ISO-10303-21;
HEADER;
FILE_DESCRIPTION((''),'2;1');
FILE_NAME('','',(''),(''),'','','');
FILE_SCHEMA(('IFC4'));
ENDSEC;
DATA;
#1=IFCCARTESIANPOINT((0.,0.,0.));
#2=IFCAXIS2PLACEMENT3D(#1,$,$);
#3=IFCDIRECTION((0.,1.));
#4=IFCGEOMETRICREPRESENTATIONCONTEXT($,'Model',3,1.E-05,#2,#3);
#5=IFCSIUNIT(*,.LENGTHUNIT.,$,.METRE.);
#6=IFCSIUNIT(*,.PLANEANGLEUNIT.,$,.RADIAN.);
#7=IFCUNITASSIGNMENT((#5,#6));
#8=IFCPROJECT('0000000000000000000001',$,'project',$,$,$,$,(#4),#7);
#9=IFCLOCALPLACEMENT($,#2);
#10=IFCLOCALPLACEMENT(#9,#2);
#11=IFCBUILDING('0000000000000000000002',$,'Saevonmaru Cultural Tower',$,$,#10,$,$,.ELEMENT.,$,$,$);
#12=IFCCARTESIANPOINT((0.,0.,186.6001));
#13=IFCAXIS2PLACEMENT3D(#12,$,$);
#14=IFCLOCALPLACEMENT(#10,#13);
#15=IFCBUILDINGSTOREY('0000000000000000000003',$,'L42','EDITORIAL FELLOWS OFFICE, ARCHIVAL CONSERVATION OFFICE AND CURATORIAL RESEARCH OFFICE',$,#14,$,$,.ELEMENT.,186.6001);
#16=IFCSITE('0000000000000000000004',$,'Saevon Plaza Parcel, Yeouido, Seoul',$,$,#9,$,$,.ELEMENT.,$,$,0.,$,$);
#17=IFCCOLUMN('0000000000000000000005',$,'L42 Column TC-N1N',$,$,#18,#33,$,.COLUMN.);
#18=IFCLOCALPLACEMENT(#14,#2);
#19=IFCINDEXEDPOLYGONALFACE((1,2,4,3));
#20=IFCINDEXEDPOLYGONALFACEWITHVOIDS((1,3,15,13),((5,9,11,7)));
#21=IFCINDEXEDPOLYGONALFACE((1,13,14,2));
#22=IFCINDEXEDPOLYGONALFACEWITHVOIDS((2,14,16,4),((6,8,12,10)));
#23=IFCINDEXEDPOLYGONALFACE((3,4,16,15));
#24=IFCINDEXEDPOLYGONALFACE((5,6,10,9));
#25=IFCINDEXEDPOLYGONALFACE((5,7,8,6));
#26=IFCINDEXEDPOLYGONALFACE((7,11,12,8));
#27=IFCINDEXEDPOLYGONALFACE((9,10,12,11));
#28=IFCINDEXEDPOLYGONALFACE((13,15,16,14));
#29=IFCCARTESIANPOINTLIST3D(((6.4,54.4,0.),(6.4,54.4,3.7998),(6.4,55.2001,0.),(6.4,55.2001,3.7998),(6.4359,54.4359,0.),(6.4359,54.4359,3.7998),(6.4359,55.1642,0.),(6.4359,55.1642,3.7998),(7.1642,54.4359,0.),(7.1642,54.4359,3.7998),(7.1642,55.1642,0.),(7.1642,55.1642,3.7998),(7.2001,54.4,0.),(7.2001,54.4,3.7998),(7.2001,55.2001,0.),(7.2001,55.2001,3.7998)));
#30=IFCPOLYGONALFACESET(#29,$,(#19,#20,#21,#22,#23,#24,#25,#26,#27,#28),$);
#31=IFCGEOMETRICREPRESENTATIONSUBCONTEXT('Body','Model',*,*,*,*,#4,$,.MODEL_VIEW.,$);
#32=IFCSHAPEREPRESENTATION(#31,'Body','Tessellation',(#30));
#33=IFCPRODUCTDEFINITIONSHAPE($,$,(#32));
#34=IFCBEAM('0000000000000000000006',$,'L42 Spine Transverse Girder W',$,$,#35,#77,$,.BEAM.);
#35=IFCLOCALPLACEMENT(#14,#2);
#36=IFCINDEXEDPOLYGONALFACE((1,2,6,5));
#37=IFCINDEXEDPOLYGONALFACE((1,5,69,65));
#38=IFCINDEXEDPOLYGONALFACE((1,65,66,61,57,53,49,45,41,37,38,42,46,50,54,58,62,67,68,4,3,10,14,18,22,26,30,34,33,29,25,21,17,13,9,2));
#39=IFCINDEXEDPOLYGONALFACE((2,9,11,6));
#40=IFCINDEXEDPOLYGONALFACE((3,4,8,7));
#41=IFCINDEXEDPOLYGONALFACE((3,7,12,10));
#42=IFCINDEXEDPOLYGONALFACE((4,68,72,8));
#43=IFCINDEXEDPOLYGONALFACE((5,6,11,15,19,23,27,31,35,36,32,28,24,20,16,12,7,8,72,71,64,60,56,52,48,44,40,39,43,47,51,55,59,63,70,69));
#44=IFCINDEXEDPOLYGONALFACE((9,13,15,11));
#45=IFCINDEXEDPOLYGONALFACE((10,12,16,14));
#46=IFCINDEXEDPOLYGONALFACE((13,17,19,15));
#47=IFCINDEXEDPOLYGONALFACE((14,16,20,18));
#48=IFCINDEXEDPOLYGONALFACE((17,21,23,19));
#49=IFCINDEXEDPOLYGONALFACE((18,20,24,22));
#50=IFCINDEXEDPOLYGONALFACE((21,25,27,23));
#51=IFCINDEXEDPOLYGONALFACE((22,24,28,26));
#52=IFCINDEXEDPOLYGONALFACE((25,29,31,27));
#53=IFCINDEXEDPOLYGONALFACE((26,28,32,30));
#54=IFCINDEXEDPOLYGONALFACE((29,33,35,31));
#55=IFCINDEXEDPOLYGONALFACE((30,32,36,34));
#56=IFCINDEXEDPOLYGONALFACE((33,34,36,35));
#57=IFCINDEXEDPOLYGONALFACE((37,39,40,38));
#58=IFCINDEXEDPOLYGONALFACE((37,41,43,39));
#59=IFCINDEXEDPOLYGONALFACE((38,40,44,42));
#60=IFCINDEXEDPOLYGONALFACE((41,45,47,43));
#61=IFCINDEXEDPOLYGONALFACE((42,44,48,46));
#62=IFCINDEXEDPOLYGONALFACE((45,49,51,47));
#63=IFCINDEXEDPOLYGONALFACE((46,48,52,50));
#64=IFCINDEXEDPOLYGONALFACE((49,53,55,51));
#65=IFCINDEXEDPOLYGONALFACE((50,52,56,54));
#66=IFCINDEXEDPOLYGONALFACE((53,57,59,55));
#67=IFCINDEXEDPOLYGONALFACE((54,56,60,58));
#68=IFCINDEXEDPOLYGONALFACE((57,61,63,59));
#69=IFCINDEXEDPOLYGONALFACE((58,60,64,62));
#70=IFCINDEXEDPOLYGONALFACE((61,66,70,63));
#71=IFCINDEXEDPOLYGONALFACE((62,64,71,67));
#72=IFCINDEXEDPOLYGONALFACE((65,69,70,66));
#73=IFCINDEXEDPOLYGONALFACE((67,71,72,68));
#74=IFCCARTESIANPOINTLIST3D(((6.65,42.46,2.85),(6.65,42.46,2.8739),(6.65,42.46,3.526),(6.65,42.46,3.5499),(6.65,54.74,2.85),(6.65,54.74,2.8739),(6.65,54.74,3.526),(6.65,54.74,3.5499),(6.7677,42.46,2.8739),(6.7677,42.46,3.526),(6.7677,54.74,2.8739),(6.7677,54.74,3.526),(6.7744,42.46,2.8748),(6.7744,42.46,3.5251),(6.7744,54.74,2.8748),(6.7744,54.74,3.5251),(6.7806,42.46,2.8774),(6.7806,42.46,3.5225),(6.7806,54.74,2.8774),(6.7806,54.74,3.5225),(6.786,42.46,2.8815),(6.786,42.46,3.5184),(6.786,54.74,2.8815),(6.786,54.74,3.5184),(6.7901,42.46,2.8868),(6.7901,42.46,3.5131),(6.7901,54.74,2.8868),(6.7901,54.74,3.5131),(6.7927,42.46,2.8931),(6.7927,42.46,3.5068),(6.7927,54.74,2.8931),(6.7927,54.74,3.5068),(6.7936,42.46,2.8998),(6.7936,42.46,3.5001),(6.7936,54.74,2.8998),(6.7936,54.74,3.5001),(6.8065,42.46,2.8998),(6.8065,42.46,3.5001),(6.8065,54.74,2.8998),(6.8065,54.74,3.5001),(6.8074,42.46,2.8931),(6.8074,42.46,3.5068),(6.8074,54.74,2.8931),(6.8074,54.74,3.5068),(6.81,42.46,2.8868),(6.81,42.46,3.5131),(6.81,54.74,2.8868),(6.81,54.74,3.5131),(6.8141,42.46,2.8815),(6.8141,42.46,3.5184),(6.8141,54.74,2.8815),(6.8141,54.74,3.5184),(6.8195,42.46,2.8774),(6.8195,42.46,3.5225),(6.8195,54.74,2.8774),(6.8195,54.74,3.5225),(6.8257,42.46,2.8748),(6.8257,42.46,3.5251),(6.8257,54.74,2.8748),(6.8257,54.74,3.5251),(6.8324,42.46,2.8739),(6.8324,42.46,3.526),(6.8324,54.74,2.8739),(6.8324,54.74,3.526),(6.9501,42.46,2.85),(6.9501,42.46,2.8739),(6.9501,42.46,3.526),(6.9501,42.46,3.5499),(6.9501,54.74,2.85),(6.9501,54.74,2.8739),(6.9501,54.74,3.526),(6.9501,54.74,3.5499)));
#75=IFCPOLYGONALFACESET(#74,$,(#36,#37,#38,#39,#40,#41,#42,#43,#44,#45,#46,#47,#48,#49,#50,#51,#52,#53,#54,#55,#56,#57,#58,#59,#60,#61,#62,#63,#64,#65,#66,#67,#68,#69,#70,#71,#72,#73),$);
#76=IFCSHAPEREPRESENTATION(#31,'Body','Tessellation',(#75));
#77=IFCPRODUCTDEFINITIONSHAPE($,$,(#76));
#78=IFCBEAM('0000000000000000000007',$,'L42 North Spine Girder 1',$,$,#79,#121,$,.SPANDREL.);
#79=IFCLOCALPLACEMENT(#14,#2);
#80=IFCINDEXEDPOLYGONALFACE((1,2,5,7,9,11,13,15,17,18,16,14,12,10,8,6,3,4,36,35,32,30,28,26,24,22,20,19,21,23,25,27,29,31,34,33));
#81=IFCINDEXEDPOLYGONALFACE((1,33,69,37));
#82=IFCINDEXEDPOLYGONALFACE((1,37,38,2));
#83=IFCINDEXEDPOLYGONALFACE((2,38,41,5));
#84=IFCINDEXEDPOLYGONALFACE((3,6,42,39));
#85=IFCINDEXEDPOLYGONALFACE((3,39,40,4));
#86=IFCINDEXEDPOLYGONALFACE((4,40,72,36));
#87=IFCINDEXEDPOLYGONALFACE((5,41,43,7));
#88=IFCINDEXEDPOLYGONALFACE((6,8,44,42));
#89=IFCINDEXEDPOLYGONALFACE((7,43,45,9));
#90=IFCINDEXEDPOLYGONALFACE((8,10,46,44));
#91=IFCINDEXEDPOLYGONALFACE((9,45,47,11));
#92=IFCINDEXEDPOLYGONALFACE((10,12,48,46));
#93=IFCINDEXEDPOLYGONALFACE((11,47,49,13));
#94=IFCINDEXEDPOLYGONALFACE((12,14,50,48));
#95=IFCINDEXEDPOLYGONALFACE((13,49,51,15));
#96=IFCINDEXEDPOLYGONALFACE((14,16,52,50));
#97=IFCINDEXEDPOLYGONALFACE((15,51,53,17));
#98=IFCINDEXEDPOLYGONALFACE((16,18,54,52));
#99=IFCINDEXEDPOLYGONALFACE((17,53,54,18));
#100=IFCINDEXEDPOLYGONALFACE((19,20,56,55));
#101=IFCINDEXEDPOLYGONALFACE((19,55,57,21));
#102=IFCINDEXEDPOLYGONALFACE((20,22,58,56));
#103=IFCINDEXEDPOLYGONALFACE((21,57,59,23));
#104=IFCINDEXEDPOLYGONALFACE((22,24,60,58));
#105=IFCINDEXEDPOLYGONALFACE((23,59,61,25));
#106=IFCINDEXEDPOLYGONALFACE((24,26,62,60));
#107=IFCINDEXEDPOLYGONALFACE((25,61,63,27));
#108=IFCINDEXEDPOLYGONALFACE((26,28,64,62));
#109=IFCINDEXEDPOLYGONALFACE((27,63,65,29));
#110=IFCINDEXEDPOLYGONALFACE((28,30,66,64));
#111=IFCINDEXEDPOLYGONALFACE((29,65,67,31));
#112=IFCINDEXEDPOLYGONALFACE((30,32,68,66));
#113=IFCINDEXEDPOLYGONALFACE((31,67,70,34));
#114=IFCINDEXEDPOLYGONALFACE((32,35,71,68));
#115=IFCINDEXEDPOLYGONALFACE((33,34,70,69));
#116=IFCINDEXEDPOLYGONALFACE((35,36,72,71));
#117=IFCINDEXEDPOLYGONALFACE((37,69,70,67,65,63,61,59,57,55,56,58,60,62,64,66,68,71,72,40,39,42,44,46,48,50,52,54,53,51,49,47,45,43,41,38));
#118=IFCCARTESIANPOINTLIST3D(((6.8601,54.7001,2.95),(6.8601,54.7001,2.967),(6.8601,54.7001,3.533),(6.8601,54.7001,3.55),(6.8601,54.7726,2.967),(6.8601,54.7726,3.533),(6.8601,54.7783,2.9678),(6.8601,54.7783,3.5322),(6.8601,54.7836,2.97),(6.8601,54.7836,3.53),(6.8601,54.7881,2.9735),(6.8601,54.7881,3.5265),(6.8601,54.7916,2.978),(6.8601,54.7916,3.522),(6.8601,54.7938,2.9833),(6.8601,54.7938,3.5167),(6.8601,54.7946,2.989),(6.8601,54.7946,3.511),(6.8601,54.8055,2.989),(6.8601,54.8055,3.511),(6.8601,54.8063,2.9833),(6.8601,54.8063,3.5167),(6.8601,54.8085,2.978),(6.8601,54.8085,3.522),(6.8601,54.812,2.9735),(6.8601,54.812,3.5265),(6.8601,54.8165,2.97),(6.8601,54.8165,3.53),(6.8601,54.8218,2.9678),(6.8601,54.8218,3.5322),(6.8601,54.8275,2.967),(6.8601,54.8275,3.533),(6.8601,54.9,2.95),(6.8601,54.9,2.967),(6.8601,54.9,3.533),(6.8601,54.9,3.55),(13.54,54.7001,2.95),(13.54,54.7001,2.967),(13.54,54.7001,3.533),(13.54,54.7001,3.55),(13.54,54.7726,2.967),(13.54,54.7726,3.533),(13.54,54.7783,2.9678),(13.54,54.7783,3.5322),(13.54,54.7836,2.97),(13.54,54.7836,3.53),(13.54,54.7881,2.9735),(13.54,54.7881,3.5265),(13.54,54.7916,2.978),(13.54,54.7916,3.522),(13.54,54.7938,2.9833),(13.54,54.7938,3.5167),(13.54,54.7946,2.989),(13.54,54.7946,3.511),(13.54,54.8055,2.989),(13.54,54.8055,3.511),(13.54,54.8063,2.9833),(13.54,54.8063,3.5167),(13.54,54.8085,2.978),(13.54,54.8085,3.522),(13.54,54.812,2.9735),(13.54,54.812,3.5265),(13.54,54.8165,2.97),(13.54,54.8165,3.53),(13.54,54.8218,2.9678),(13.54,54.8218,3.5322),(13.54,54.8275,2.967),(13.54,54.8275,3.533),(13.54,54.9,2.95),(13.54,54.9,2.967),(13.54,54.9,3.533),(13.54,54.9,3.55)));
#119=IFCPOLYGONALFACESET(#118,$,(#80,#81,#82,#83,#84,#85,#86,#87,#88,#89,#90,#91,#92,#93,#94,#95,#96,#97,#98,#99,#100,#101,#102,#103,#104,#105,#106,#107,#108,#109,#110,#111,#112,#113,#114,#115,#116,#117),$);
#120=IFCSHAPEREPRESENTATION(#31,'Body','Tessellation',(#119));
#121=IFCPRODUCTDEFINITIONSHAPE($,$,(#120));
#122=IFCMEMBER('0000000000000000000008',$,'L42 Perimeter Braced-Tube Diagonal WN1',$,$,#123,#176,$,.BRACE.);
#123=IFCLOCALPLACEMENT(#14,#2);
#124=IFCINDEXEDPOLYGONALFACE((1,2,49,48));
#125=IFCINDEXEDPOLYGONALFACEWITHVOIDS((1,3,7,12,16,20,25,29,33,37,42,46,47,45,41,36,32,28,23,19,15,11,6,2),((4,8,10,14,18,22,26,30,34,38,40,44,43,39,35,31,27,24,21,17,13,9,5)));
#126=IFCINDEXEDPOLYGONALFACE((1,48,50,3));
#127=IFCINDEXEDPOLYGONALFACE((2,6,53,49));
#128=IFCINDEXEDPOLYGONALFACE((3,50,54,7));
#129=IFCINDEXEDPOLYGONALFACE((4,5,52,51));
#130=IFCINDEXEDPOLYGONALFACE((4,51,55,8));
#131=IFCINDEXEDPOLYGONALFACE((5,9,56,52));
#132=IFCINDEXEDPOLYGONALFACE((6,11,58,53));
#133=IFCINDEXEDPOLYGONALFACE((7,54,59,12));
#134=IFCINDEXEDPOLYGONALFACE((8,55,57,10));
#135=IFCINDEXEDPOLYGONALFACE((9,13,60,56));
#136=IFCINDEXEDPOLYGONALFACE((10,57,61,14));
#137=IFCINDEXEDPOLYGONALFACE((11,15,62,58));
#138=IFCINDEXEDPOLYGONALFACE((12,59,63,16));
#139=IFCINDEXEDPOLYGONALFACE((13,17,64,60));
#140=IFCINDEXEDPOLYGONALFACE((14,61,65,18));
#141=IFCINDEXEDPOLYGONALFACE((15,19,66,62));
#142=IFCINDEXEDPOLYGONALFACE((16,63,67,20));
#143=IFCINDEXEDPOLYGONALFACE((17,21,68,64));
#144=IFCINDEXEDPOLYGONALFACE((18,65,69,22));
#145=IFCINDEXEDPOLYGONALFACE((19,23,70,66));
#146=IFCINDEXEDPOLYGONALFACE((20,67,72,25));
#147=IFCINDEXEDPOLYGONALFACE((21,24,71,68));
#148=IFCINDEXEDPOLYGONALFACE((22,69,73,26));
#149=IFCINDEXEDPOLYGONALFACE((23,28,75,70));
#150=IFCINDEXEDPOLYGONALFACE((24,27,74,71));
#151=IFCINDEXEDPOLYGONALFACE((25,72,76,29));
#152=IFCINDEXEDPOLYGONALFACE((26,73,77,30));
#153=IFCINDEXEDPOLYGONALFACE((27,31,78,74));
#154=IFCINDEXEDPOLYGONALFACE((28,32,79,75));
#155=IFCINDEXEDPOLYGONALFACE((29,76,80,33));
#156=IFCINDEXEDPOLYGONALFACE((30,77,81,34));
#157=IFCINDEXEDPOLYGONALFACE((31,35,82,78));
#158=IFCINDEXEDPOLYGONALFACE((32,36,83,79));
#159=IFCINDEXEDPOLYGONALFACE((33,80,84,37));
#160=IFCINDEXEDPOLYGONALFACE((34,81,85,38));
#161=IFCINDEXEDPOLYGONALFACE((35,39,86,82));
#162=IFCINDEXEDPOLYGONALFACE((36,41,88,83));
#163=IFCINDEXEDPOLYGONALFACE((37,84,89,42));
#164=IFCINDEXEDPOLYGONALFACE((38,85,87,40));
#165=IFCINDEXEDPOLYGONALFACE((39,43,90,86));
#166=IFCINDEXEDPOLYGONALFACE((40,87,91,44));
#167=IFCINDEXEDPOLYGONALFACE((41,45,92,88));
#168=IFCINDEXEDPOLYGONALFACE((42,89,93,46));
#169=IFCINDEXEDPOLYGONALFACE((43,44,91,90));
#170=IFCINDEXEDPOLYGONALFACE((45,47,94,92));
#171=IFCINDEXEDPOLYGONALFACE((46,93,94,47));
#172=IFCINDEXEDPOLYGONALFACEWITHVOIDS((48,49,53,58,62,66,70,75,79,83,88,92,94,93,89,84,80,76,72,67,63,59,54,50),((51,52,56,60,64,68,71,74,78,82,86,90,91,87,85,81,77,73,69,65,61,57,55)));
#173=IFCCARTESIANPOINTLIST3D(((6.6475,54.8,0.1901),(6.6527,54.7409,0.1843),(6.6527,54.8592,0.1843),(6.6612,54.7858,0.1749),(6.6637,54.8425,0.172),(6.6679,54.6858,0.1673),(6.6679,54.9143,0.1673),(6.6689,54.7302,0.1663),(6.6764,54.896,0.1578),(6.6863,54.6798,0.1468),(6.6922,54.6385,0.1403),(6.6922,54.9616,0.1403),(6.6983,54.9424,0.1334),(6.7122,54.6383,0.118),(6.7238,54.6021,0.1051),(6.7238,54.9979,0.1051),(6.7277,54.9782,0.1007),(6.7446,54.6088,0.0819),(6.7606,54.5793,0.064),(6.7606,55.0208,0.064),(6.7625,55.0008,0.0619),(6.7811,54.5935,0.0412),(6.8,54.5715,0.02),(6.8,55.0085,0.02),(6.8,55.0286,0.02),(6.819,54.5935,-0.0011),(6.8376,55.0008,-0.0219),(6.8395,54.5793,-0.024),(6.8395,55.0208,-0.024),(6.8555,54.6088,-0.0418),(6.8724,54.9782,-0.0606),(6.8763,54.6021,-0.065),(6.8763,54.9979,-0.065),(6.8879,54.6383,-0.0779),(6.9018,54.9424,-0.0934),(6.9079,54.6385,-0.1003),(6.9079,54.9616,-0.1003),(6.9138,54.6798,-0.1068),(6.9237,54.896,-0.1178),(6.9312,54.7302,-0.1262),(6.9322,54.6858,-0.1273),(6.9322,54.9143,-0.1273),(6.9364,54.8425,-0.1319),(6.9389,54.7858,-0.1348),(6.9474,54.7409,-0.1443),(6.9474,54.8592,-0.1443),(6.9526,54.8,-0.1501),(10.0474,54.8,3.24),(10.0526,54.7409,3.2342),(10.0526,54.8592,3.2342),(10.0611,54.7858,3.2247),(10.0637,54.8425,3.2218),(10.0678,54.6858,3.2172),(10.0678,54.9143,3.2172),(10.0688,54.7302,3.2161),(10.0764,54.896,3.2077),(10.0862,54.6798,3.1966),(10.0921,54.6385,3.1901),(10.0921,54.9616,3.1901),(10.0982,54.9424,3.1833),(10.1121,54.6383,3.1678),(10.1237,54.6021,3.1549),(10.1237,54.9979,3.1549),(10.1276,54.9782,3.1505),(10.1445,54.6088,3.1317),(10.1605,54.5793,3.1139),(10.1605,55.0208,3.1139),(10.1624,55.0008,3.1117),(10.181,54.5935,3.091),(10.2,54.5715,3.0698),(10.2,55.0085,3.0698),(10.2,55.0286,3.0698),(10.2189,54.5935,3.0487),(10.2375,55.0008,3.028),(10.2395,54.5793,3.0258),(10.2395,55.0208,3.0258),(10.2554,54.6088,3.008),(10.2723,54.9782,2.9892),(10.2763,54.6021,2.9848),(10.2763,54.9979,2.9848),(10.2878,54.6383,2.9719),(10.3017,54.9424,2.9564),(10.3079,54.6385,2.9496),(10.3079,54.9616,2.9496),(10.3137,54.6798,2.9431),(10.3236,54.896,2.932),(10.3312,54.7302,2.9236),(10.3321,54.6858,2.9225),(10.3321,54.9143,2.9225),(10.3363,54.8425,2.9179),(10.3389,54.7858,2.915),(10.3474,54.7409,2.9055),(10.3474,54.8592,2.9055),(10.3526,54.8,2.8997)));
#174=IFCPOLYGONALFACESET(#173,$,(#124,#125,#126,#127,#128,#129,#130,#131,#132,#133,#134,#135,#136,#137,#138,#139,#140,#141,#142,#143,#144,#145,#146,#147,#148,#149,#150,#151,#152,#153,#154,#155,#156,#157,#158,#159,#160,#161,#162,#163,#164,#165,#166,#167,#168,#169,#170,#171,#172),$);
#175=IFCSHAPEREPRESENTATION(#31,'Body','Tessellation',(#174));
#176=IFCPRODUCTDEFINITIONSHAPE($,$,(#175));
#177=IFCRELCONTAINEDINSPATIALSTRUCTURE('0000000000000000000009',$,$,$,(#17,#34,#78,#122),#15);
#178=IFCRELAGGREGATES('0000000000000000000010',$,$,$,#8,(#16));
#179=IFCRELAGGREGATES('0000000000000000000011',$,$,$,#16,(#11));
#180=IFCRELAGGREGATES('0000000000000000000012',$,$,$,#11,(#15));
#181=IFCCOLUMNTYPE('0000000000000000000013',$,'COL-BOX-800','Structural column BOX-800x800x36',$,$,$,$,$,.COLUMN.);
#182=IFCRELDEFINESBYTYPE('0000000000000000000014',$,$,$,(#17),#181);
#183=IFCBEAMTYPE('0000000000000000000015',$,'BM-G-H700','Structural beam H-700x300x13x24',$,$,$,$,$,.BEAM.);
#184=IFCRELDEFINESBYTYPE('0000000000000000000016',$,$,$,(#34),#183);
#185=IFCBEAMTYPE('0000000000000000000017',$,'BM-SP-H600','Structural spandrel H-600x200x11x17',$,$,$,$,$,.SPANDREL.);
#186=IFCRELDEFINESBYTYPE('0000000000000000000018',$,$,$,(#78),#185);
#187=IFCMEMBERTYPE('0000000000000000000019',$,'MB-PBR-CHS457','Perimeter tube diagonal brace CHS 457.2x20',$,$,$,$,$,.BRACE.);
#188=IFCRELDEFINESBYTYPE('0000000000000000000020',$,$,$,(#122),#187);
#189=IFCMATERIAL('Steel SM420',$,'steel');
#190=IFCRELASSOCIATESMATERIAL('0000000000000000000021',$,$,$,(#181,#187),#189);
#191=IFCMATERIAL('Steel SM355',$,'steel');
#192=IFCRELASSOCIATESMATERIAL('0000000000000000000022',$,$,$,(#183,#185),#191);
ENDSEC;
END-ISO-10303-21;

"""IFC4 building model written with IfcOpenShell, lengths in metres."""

from ifc_helpers import new_model, si_unit, direction, frame, origin, origin_2d, place, context, subcontext, project, spatial, hollow_rectangle, hollow_circle, i_section, extrude, material, material_profile, profile_set, type_object, element, save


model = new_model("IFC4")

# Units and contexts
model_context = context("Model", 3, precision=1e-05, world=origin(), true_north=direction((0.0, 1.0)))
body_context = subcontext(model_context, "Body", "Model", "MODEL_VIEW")
ifc_project = project(units=[si_unit("LENGTHUNIT", "METRE"), si_unit("PLANEANGLEUNIT", "RADIAN")], contexts=[model_context])

# Site, building, storey
site_placement = place(None, origin())
site = spatial("IfcSite", under=ifc_project, at=site_placement, Name="Saevon Plaza Parcel, Yeouido, Seoul", CompositionType="ELEMENT", RefElevation=0.0)
building_placement = place(site_placement, origin())
building = spatial("IfcBuilding", under=site, at=building_placement, Name="Saevonmaru Cultural Tower", CompositionType="ELEMENT")
storey_placement = place(building_placement, frame((0.0, 0.0, 186.6001)))
storey = spatial("IfcBuildingStorey", under=building, at=storey_placement, Name="L42", Description="EDITORIAL FELLOWS OFFICE, ARCHIVAL CONSERVATION OFFICE AND CURATORIAL RESEARCH OFFICE", CompositionType="ELEMENT", Elevation=186.6001)

# Column
ifc_material_1 = material(Name="Steel SM420", Category="steel")
ifc_material_profile_1 = material_profile(ifc_material_1, hollow_rectangle(XDim=0.8, YDim=0.8, WallThickness=0.0359, at=origin_2d()), Name="BOX-800x800x36")
ifc_profile_set_1 = profile_set([ifc_material_profile_1], Name="Steel SM420")
column_type = type_object("IfcColumnType", Name="COL-BOX-800", Description="Structural column BOX-800x800x36", PredefinedType="COLUMN", material=ifc_profile_set_1)
column_placement = place(storey_placement, frame((6.8, 54.8, 0.0), z_axis=(0.0, 0.0, 1.0), x_axis=(1.0, 0.0, 0.0)))
element("IfcColumn", 1, at=column_placement, inside=storey, type_object=column_type, Name="L42 Column TC-N1N", PredefinedType="COLUMN", context=body_context, shape_type="SweptSolid", body=[
    extrude(hollow_rectangle(XDim=0.8, YDim=0.8, WallThickness=0.0359, at=origin_2d()), origin(), (0.0, 0.0, 1.0), 3.7998),
])

# Beams
ifc_material_2 = material(Name="Steel SM355", Category="steel")
ifc_material_profile_2 = material_profile(ifc_material_2, i_section(OverallWidth=0.3, OverallDepth=0.7, WebThickness=0.0129, FlangeThickness=0.0239, FilletRadius=0.0259, at=origin_2d()), Name="H-700x300x13x24")
ifc_profile_set_2 = profile_set([ifc_material_profile_2], Name="Steel SM355")
beam_type_1 = type_object("IfcBeamType", Name="BM-G-H700", Description="Structural beam H-700x300x13x24", PredefinedType="BEAM", material=ifc_profile_set_2)
beam_1_placement = place(storey_placement, frame((6.8, 54.74, 3.2), z_axis=(0.0, -1.0, 0.0), x_axis=(1.0, 0.0, 0.0)))
element("IfcBeam", 2, at=beam_1_placement, inside=storey, type_object=beam_type_1, Name="L42 Spine Transverse Girder W", PredefinedType="BEAM", context=body_context, shape_type="SweptSolid", body=[
    extrude(i_section(OverallWidth=0.3, OverallDepth=0.7, WebThickness=0.0129, FlangeThickness=0.0239, FilletRadius=0.0259, at=origin_2d()), origin(), (0.0, 0.0, 1.0), 12.28),
])
ifc_material_profile_3 = material_profile(ifc_material_2, i_section(OverallWidth=0.2, OverallDepth=0.6001, WebThickness=0.011, FlangeThickness=0.0171, FilletRadius=0.022, at=origin_2d()), Name="H-600x200x11x17")
ifc_profile_set_3 = profile_set([ifc_material_profile_3], Name="Steel SM355")
beam_type_2 = type_object("IfcBeamType", Name="BM-SP-H600", Description="Structural spandrel H-600x200x11x17", PredefinedType="SPANDREL", material=ifc_profile_set_3)
beam_2_placement = place(storey_placement, frame((6.8601, 54.8, 3.25), z_axis=(1.0, 0.0, 0.0), x_axis=(0.0, 1.0, 0.0)))
element("IfcBeam", 3, at=beam_2_placement, inside=storey, type_object=beam_type_2, Name="L42 North Spine Girder 1", PredefinedType="SPANDREL", context=body_context, shape_type="SweptSolid", body=[
    extrude(i_section(OverallWidth=0.2, OverallDepth=0.6001, WebThickness=0.011, FlangeThickness=0.0171, FilletRadius=0.022, at=origin_2d()), origin(), (0.0, 0.0, 1.0), 6.6799),
])

# Member
ifc_material_profile_4 = material_profile(ifc_material_1, hollow_circle(Radius=0.2285, WallThickness=0.02, at=origin_2d()), Name="CHS-457.2x20")
ifc_profile_set_4 = profile_set([ifc_material_profile_4], Name="Steel SM420")
member_type_1 = type_object("IfcMemberType", Name="MB-PBR-CHS457", Description="Perimeter tube diagonal brace CHS 457.2x20", PredefinedType="BRACE", material=ifc_profile_set_4)
member_1_placement = place(storey_placement, frame((6.8, 54.8, 0.02), z_axis=(0.744394, 0.0, 0.667741), x_axis=(0.0, 1.0, 0.0)))
element("IfcMember", 4, at=member_1_placement, inside=storey, type_object=member_type_1, Name="L42 Perimeter Braced-Tube Diagonal WN1", PredefinedType="BRACE", context=body_context, shape_type="SweptSolid", body=[
    extrude(hollow_circle(Radius=0.2285, WallThickness=0.02, at=origin_2d()), origin(), (0.0, 0.0, 1.0), 4.5674),
])

save(model, "model.ifc")
